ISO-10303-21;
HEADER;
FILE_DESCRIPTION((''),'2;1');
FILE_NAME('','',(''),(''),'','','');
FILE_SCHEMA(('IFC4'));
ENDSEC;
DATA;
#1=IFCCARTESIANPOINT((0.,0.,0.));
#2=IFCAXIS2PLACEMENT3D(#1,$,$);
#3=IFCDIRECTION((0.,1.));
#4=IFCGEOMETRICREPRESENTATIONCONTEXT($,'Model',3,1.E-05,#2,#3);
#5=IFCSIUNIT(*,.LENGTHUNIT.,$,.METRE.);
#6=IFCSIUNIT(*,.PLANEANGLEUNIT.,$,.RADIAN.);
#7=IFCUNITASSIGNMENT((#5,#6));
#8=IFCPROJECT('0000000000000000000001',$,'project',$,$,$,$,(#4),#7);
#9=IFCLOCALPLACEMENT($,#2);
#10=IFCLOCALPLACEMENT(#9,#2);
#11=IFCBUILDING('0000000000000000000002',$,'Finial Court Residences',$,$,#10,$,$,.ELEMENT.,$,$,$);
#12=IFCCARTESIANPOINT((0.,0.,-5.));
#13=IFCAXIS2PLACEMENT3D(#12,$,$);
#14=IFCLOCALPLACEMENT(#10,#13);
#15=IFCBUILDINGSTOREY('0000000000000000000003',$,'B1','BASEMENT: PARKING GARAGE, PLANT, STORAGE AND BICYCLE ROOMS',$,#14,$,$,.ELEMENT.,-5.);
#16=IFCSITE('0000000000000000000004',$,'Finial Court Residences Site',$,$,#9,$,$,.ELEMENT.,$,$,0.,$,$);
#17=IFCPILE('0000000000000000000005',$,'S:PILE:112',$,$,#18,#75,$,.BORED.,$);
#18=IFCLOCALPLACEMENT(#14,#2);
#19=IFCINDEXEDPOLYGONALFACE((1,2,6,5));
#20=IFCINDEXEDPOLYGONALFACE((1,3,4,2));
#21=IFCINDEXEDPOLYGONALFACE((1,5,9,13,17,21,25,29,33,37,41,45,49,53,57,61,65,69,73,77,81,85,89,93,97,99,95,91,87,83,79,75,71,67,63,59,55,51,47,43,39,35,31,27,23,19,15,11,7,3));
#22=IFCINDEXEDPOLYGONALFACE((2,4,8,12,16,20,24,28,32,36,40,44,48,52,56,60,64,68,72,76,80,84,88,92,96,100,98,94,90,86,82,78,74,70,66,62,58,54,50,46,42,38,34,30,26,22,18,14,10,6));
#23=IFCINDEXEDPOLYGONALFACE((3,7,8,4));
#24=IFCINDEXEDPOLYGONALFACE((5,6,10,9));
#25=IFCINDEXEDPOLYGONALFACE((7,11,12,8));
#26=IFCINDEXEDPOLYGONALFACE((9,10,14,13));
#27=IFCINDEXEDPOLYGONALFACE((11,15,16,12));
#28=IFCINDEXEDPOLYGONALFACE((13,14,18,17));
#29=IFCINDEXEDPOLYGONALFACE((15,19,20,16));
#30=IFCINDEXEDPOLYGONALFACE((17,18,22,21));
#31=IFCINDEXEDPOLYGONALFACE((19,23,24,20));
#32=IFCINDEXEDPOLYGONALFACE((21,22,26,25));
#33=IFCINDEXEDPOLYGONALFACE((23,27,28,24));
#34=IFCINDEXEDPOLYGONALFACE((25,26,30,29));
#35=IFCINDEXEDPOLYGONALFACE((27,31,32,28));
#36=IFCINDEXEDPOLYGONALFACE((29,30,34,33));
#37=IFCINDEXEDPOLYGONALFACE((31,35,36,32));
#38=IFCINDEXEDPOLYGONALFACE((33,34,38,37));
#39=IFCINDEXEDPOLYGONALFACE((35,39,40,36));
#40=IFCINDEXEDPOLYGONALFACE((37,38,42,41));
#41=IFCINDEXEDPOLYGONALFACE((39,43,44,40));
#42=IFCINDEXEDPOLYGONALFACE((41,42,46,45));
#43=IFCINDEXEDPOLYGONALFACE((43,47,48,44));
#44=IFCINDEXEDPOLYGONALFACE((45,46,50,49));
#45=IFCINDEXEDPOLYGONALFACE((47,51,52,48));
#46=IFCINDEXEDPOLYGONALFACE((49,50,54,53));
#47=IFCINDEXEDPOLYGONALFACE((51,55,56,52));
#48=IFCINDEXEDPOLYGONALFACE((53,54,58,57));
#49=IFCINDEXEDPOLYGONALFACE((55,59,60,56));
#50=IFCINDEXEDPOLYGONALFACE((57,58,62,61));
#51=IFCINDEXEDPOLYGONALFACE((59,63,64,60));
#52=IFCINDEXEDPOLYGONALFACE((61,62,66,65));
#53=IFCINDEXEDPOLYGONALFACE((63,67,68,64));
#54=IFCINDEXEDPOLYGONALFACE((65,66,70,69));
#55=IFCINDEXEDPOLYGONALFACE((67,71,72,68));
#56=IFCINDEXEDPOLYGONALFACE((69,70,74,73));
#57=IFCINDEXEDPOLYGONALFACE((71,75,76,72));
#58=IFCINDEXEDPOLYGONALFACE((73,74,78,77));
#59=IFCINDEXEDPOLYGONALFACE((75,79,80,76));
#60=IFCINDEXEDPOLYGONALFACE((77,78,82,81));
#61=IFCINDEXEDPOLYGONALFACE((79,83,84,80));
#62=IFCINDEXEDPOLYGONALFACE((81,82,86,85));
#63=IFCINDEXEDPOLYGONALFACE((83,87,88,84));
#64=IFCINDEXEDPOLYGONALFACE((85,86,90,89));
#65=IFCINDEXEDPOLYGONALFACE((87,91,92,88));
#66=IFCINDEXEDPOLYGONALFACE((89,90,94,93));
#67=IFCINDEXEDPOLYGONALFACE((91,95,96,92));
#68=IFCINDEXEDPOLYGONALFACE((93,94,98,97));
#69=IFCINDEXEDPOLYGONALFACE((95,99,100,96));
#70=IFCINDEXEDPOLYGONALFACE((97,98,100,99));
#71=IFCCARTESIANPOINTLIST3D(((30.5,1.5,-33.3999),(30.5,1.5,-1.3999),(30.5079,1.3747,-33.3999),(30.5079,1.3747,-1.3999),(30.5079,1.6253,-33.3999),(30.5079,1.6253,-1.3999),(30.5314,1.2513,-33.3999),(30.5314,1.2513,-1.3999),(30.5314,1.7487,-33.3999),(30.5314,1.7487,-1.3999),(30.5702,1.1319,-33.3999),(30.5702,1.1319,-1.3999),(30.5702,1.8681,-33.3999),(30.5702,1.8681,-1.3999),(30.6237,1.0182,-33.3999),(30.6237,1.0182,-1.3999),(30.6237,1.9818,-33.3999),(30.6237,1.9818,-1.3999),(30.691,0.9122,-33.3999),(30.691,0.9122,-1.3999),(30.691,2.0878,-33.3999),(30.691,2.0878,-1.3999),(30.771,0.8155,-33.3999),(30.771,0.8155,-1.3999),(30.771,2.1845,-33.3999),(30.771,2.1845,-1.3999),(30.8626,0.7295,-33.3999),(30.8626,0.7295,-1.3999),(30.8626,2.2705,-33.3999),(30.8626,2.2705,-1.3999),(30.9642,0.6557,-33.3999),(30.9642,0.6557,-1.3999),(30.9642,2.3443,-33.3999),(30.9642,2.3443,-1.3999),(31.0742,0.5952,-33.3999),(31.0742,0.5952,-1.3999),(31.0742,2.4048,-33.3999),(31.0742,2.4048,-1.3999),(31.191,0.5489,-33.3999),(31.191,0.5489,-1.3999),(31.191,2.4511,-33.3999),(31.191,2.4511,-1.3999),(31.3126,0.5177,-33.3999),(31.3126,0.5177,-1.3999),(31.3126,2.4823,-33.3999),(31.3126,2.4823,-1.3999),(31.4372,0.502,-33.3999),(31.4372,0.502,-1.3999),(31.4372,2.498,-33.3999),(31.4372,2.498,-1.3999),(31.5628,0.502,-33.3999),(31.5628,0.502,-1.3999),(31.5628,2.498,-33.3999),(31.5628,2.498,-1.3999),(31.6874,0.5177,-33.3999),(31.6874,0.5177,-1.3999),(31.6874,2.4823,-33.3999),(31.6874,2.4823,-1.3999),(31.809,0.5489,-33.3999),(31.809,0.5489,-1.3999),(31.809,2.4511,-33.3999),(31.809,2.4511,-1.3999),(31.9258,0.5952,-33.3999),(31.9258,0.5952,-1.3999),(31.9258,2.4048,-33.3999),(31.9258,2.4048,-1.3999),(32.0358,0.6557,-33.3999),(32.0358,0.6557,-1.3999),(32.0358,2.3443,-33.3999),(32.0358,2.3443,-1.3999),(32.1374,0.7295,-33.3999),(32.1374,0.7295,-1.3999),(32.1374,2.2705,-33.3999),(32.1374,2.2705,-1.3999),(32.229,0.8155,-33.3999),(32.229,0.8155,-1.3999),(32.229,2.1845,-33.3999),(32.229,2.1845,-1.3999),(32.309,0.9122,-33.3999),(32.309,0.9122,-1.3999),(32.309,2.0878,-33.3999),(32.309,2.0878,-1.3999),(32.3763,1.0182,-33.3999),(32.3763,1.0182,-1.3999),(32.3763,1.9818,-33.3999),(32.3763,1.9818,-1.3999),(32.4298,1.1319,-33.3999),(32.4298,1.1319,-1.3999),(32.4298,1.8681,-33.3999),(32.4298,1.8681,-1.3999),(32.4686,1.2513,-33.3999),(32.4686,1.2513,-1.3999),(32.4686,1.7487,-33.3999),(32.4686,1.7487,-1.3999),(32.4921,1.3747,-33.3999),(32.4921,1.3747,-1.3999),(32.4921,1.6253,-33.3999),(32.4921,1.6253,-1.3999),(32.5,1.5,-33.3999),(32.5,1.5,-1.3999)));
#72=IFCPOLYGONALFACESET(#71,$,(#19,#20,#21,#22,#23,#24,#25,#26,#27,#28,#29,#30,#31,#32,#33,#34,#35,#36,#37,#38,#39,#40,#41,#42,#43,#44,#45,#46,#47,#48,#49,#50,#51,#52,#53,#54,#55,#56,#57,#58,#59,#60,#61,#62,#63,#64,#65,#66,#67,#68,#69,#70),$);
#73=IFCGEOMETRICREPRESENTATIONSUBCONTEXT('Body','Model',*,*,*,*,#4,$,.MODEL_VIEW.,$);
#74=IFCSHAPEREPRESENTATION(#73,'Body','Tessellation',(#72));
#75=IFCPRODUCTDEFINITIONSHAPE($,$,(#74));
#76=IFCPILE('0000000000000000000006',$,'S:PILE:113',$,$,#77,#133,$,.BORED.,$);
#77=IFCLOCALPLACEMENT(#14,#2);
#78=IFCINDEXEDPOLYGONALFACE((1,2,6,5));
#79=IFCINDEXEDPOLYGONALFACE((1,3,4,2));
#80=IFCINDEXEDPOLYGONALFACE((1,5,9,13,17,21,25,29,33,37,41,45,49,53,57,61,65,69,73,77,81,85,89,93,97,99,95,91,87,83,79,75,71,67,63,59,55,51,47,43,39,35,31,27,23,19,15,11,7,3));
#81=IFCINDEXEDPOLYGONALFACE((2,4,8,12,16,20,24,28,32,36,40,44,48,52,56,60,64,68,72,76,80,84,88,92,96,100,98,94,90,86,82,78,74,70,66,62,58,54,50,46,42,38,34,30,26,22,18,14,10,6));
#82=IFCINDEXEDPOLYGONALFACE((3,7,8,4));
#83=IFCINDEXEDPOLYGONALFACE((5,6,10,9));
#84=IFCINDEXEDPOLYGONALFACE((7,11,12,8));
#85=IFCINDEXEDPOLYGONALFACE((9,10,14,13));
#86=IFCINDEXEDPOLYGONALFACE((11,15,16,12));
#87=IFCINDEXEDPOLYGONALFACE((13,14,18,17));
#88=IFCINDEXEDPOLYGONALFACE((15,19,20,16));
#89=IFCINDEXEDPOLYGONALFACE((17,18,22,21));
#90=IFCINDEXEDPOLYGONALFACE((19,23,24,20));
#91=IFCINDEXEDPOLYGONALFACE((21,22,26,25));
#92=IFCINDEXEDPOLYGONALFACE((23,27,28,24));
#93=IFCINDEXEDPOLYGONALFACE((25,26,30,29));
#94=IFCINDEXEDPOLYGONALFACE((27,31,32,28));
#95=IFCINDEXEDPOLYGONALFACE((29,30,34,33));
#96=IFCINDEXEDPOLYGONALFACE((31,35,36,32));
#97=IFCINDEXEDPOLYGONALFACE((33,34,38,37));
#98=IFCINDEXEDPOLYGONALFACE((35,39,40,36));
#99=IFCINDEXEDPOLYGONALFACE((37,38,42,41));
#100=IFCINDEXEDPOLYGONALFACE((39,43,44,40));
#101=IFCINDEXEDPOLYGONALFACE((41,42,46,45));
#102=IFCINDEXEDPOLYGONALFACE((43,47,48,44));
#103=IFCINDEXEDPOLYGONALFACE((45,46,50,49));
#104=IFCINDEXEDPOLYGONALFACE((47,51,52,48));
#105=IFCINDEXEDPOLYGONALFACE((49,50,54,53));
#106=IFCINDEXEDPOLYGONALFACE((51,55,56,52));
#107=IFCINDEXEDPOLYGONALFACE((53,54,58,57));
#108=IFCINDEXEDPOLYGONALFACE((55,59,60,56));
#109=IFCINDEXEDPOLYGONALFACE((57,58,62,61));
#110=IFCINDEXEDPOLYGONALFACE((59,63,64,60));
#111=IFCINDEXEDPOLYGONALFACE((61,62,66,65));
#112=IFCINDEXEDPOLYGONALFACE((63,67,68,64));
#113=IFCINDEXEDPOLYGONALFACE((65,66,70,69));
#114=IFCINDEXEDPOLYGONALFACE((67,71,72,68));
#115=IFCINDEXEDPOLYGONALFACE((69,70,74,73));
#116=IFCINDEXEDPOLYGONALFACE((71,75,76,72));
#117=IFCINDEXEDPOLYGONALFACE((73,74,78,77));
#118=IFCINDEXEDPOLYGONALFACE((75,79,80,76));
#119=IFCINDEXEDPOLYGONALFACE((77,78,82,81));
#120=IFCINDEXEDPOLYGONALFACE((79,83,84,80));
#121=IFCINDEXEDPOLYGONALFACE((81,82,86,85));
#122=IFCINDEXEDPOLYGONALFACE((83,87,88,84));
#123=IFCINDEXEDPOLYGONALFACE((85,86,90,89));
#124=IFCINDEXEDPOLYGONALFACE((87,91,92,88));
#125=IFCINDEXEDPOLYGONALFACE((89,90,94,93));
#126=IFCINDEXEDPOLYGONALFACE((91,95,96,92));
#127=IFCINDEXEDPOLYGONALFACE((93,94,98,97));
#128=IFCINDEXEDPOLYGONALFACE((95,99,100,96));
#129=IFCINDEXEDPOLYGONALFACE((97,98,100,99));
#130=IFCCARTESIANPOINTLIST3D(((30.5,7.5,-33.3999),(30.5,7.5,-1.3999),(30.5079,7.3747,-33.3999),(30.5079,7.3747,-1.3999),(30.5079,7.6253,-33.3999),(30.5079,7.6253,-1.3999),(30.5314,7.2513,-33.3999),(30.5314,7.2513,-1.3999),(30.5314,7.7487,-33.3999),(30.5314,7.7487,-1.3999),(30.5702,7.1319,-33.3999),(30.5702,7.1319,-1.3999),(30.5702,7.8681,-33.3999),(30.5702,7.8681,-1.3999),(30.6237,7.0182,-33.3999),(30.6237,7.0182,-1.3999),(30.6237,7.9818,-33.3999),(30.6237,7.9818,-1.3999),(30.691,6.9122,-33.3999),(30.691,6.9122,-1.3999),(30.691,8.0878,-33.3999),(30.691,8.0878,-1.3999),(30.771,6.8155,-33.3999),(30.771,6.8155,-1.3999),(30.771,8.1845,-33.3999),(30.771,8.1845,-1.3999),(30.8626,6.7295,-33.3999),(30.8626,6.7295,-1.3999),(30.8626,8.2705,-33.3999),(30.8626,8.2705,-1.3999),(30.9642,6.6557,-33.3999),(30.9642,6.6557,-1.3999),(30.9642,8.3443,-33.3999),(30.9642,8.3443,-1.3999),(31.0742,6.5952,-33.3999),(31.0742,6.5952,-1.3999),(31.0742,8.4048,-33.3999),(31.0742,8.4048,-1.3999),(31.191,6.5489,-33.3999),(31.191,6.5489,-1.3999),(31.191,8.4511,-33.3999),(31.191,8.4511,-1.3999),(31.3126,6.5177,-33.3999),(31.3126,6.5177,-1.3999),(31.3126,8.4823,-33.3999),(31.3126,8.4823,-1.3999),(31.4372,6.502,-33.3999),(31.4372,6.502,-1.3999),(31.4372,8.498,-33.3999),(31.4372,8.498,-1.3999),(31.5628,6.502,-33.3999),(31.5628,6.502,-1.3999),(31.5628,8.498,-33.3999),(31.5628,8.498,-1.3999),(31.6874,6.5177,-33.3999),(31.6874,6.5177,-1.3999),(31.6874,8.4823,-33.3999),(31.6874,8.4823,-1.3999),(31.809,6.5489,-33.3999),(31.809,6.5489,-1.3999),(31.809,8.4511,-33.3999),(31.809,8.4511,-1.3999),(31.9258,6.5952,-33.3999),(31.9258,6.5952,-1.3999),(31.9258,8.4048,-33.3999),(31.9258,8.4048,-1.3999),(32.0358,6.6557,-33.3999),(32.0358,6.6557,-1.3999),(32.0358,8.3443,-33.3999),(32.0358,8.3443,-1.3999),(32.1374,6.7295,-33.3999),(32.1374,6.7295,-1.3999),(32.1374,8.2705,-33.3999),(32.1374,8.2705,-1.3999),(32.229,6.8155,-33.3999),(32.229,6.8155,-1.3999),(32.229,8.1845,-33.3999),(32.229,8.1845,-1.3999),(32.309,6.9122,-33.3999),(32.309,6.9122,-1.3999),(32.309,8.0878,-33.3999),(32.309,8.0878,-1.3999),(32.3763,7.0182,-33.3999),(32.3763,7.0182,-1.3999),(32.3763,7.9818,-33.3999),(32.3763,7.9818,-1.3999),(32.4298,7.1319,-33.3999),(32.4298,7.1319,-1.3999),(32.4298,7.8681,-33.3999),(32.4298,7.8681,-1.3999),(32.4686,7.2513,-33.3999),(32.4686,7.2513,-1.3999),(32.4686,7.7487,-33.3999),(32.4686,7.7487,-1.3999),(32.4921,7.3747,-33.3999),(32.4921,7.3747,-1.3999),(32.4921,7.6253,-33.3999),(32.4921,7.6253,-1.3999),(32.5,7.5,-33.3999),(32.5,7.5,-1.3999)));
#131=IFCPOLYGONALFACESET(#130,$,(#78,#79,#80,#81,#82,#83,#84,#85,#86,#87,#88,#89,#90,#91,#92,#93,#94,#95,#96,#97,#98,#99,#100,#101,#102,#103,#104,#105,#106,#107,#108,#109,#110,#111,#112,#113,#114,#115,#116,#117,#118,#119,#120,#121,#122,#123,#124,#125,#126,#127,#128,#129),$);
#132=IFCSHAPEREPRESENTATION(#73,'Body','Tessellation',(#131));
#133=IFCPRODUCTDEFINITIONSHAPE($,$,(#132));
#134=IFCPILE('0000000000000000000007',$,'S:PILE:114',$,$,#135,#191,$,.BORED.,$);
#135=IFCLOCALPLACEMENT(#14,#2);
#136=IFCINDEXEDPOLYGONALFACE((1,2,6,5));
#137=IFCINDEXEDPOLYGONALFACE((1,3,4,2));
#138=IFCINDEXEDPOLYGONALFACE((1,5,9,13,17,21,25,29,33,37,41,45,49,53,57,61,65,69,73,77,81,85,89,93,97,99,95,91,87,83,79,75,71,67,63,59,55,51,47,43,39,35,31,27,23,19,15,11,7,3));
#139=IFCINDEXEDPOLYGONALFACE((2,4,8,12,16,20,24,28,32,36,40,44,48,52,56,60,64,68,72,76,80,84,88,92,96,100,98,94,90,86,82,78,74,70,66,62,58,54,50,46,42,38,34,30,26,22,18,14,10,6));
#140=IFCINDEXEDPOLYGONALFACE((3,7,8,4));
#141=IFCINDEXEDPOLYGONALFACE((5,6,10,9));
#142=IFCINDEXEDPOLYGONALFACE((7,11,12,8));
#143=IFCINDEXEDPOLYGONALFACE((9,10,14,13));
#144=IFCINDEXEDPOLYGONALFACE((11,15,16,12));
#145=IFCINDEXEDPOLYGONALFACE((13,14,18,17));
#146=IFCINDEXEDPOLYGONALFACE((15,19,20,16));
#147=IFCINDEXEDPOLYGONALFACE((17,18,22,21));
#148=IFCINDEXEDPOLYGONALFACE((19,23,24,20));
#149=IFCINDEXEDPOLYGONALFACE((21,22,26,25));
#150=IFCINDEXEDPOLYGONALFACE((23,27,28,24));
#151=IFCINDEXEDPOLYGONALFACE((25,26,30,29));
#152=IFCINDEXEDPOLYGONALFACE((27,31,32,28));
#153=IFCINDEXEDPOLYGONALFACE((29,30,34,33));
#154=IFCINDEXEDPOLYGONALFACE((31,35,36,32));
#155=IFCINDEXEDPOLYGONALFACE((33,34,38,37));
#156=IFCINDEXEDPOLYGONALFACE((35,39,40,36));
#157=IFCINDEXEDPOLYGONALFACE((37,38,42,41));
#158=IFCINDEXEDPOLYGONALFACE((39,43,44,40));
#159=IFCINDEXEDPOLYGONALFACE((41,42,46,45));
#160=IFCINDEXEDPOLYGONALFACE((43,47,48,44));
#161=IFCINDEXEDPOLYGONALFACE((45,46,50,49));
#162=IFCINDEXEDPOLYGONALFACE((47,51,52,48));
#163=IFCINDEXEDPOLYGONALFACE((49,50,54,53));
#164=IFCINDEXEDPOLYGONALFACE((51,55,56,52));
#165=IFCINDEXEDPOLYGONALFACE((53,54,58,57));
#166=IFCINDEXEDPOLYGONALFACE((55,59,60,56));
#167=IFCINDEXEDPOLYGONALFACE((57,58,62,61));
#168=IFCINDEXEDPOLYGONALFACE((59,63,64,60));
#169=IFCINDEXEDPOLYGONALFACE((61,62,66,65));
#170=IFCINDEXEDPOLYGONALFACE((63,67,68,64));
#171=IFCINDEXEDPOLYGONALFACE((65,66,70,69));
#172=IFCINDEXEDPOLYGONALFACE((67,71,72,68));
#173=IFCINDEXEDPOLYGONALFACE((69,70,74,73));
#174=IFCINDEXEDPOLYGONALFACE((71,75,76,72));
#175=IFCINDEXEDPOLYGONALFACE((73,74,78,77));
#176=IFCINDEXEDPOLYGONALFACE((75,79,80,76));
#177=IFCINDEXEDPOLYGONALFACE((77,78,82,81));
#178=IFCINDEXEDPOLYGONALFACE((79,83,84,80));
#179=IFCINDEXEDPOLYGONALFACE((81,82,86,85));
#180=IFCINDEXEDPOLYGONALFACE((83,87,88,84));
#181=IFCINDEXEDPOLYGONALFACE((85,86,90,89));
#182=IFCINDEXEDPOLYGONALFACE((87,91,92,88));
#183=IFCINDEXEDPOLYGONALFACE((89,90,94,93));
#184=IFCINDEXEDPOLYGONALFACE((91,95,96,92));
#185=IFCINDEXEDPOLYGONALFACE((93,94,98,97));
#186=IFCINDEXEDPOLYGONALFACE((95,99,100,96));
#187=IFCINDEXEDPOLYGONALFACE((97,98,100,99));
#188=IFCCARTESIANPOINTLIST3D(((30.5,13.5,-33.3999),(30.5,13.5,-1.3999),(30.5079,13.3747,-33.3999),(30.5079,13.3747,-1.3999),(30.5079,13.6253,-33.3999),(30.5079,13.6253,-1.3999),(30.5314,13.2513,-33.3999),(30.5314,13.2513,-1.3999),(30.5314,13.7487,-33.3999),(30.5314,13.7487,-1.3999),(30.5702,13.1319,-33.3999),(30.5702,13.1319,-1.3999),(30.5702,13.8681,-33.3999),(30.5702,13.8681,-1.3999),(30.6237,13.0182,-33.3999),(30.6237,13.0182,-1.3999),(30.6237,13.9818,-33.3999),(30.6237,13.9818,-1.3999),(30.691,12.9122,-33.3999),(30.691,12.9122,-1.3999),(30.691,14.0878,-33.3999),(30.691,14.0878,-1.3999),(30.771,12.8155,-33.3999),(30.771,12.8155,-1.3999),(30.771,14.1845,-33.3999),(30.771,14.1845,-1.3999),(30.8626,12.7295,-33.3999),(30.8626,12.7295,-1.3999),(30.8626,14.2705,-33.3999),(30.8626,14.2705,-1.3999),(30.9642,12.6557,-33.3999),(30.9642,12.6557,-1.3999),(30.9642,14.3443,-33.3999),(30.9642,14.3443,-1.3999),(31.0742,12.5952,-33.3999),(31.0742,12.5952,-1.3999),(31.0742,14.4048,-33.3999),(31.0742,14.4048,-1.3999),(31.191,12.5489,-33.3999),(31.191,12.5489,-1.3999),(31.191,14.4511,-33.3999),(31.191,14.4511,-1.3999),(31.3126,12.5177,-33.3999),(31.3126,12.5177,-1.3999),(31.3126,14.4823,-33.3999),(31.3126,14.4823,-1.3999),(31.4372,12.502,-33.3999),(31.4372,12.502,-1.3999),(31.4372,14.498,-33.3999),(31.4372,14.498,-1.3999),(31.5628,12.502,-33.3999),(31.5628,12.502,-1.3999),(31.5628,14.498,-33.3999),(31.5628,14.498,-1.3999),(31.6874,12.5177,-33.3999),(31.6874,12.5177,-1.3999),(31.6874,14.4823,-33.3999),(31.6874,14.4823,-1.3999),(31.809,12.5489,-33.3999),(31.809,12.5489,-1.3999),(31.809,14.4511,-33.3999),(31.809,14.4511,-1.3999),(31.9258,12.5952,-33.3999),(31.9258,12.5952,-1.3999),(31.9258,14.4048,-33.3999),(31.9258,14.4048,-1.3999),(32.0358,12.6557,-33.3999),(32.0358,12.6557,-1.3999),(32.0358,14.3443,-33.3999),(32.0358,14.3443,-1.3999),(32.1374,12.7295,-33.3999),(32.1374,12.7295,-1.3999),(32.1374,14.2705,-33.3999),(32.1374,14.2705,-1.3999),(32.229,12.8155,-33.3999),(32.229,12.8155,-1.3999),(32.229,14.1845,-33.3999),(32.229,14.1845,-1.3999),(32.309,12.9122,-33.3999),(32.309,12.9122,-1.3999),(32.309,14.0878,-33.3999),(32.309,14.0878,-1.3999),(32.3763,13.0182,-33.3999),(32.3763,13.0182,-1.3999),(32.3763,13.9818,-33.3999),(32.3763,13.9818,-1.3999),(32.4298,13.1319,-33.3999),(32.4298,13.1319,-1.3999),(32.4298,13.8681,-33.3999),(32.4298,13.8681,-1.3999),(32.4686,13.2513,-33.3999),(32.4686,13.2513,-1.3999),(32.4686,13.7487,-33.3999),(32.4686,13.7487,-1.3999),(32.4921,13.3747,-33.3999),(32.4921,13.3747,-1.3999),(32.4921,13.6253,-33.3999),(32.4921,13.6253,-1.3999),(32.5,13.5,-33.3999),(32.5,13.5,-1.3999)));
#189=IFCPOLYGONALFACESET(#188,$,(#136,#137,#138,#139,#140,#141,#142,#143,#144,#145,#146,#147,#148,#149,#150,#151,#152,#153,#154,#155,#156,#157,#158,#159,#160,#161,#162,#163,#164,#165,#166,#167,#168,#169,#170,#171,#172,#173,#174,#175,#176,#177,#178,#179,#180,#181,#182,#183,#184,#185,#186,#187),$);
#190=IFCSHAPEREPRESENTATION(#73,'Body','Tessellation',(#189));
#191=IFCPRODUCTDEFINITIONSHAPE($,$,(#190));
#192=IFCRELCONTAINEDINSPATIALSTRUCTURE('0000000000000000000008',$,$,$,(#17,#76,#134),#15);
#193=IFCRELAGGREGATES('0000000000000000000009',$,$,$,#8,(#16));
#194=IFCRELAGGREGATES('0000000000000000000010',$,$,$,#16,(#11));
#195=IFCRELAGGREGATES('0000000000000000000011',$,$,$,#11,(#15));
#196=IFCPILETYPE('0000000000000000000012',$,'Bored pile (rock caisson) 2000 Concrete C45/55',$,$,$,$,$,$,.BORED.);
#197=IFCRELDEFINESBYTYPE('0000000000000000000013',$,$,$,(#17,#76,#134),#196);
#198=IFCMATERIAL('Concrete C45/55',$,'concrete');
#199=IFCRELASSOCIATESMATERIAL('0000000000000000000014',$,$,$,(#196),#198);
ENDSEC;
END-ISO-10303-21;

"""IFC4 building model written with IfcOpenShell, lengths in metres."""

from ifc_helpers import new_model, si_unit, direction, frame, origin, origin_2d, place, context, subcontext, project, spatial, circle, extrude, material, material_profile, profile_set, type_object, element, save


model = new_model("IFC4")

# Units and contexts
model_context = context("Model", 3, precision=1e-05, world=origin(), true_north=direction((0.0, 1.0)))
body_context = subcontext(model_context, "Body", "Model", "MODEL_VIEW")
ifc_project = project(units=[si_unit("LENGTHUNIT", "METRE"), si_unit("PLANEANGLEUNIT", "RADIAN")], contexts=[model_context])

# Site, building, storey
site_placement = place(None, origin())
site = spatial("IfcSite", under=ifc_project, at=site_placement, Name="Finial Court Residences Site", CompositionType="ELEMENT", RefElevation=0.0)
building_placement = place(site_placement, origin())
building = spatial("IfcBuilding", under=site, at=building_placement, Name="Finial Court Residences", CompositionType="ELEMENT")
storey_placement = place(building_placement, frame((0.0, 0.0, -5.0)))
storey = spatial("IfcBuildingStorey", under=building, at=storey_placement, Name="B1", Description="BASEMENT: PARKING GARAGE, PLANT, STORAGE AND BICYCLE ROOMS", CompositionType="ELEMENT", Elevation=-5.0)

# Piles
ifc_material_1 = material(Name="Concrete C45/55", Category="concrete")
ifc_material_profile_1 = material_profile(ifc_material_1, circle(Radius=1.0, at=origin_2d()), Name="D2000")
ifc_profile_set_1 = profile_set([ifc_material_profile_1], Name="Concrete C45/55")
pile_type = type_object("IfcPileType", Name="Bored pile (rock caisson) 2000 Concrete C45/55", PredefinedType="BORED", material=ifc_profile_set_1)
for number, where, z_axis, x_axis, name in (
    (1, (31.5, 1.5, -1.3999), (0.0, 0.0, -1.0), (1.0, 0.0, 0.0), "S:PILE:112"),
    (2, (31.5, 7.5, -1.3999), (0.0, 0.0, -1.0), (1.0, 0.0, 0.0), "S:PILE:113"),
    (3, (31.5, 13.5, -1.3999), (0.0, 0.0, -1.0), (1.0, 0.0, 0.0), "S:PILE:114"),
):
    element("IfcPile", number, at=place(storey_placement, frame(where, z_axis=z_axis, x_axis=x_axis)), inside=storey, type_object=pile_type, Name=name, PredefinedType="BORED", context=body_context, shape_type="SweptSolid", body=[
        extrude(circle(Radius=1.0, at=origin_2d()), origin(), (0.0, 0.0, 1.0), 32.0),
    ])

save(model, "model.ifc")
